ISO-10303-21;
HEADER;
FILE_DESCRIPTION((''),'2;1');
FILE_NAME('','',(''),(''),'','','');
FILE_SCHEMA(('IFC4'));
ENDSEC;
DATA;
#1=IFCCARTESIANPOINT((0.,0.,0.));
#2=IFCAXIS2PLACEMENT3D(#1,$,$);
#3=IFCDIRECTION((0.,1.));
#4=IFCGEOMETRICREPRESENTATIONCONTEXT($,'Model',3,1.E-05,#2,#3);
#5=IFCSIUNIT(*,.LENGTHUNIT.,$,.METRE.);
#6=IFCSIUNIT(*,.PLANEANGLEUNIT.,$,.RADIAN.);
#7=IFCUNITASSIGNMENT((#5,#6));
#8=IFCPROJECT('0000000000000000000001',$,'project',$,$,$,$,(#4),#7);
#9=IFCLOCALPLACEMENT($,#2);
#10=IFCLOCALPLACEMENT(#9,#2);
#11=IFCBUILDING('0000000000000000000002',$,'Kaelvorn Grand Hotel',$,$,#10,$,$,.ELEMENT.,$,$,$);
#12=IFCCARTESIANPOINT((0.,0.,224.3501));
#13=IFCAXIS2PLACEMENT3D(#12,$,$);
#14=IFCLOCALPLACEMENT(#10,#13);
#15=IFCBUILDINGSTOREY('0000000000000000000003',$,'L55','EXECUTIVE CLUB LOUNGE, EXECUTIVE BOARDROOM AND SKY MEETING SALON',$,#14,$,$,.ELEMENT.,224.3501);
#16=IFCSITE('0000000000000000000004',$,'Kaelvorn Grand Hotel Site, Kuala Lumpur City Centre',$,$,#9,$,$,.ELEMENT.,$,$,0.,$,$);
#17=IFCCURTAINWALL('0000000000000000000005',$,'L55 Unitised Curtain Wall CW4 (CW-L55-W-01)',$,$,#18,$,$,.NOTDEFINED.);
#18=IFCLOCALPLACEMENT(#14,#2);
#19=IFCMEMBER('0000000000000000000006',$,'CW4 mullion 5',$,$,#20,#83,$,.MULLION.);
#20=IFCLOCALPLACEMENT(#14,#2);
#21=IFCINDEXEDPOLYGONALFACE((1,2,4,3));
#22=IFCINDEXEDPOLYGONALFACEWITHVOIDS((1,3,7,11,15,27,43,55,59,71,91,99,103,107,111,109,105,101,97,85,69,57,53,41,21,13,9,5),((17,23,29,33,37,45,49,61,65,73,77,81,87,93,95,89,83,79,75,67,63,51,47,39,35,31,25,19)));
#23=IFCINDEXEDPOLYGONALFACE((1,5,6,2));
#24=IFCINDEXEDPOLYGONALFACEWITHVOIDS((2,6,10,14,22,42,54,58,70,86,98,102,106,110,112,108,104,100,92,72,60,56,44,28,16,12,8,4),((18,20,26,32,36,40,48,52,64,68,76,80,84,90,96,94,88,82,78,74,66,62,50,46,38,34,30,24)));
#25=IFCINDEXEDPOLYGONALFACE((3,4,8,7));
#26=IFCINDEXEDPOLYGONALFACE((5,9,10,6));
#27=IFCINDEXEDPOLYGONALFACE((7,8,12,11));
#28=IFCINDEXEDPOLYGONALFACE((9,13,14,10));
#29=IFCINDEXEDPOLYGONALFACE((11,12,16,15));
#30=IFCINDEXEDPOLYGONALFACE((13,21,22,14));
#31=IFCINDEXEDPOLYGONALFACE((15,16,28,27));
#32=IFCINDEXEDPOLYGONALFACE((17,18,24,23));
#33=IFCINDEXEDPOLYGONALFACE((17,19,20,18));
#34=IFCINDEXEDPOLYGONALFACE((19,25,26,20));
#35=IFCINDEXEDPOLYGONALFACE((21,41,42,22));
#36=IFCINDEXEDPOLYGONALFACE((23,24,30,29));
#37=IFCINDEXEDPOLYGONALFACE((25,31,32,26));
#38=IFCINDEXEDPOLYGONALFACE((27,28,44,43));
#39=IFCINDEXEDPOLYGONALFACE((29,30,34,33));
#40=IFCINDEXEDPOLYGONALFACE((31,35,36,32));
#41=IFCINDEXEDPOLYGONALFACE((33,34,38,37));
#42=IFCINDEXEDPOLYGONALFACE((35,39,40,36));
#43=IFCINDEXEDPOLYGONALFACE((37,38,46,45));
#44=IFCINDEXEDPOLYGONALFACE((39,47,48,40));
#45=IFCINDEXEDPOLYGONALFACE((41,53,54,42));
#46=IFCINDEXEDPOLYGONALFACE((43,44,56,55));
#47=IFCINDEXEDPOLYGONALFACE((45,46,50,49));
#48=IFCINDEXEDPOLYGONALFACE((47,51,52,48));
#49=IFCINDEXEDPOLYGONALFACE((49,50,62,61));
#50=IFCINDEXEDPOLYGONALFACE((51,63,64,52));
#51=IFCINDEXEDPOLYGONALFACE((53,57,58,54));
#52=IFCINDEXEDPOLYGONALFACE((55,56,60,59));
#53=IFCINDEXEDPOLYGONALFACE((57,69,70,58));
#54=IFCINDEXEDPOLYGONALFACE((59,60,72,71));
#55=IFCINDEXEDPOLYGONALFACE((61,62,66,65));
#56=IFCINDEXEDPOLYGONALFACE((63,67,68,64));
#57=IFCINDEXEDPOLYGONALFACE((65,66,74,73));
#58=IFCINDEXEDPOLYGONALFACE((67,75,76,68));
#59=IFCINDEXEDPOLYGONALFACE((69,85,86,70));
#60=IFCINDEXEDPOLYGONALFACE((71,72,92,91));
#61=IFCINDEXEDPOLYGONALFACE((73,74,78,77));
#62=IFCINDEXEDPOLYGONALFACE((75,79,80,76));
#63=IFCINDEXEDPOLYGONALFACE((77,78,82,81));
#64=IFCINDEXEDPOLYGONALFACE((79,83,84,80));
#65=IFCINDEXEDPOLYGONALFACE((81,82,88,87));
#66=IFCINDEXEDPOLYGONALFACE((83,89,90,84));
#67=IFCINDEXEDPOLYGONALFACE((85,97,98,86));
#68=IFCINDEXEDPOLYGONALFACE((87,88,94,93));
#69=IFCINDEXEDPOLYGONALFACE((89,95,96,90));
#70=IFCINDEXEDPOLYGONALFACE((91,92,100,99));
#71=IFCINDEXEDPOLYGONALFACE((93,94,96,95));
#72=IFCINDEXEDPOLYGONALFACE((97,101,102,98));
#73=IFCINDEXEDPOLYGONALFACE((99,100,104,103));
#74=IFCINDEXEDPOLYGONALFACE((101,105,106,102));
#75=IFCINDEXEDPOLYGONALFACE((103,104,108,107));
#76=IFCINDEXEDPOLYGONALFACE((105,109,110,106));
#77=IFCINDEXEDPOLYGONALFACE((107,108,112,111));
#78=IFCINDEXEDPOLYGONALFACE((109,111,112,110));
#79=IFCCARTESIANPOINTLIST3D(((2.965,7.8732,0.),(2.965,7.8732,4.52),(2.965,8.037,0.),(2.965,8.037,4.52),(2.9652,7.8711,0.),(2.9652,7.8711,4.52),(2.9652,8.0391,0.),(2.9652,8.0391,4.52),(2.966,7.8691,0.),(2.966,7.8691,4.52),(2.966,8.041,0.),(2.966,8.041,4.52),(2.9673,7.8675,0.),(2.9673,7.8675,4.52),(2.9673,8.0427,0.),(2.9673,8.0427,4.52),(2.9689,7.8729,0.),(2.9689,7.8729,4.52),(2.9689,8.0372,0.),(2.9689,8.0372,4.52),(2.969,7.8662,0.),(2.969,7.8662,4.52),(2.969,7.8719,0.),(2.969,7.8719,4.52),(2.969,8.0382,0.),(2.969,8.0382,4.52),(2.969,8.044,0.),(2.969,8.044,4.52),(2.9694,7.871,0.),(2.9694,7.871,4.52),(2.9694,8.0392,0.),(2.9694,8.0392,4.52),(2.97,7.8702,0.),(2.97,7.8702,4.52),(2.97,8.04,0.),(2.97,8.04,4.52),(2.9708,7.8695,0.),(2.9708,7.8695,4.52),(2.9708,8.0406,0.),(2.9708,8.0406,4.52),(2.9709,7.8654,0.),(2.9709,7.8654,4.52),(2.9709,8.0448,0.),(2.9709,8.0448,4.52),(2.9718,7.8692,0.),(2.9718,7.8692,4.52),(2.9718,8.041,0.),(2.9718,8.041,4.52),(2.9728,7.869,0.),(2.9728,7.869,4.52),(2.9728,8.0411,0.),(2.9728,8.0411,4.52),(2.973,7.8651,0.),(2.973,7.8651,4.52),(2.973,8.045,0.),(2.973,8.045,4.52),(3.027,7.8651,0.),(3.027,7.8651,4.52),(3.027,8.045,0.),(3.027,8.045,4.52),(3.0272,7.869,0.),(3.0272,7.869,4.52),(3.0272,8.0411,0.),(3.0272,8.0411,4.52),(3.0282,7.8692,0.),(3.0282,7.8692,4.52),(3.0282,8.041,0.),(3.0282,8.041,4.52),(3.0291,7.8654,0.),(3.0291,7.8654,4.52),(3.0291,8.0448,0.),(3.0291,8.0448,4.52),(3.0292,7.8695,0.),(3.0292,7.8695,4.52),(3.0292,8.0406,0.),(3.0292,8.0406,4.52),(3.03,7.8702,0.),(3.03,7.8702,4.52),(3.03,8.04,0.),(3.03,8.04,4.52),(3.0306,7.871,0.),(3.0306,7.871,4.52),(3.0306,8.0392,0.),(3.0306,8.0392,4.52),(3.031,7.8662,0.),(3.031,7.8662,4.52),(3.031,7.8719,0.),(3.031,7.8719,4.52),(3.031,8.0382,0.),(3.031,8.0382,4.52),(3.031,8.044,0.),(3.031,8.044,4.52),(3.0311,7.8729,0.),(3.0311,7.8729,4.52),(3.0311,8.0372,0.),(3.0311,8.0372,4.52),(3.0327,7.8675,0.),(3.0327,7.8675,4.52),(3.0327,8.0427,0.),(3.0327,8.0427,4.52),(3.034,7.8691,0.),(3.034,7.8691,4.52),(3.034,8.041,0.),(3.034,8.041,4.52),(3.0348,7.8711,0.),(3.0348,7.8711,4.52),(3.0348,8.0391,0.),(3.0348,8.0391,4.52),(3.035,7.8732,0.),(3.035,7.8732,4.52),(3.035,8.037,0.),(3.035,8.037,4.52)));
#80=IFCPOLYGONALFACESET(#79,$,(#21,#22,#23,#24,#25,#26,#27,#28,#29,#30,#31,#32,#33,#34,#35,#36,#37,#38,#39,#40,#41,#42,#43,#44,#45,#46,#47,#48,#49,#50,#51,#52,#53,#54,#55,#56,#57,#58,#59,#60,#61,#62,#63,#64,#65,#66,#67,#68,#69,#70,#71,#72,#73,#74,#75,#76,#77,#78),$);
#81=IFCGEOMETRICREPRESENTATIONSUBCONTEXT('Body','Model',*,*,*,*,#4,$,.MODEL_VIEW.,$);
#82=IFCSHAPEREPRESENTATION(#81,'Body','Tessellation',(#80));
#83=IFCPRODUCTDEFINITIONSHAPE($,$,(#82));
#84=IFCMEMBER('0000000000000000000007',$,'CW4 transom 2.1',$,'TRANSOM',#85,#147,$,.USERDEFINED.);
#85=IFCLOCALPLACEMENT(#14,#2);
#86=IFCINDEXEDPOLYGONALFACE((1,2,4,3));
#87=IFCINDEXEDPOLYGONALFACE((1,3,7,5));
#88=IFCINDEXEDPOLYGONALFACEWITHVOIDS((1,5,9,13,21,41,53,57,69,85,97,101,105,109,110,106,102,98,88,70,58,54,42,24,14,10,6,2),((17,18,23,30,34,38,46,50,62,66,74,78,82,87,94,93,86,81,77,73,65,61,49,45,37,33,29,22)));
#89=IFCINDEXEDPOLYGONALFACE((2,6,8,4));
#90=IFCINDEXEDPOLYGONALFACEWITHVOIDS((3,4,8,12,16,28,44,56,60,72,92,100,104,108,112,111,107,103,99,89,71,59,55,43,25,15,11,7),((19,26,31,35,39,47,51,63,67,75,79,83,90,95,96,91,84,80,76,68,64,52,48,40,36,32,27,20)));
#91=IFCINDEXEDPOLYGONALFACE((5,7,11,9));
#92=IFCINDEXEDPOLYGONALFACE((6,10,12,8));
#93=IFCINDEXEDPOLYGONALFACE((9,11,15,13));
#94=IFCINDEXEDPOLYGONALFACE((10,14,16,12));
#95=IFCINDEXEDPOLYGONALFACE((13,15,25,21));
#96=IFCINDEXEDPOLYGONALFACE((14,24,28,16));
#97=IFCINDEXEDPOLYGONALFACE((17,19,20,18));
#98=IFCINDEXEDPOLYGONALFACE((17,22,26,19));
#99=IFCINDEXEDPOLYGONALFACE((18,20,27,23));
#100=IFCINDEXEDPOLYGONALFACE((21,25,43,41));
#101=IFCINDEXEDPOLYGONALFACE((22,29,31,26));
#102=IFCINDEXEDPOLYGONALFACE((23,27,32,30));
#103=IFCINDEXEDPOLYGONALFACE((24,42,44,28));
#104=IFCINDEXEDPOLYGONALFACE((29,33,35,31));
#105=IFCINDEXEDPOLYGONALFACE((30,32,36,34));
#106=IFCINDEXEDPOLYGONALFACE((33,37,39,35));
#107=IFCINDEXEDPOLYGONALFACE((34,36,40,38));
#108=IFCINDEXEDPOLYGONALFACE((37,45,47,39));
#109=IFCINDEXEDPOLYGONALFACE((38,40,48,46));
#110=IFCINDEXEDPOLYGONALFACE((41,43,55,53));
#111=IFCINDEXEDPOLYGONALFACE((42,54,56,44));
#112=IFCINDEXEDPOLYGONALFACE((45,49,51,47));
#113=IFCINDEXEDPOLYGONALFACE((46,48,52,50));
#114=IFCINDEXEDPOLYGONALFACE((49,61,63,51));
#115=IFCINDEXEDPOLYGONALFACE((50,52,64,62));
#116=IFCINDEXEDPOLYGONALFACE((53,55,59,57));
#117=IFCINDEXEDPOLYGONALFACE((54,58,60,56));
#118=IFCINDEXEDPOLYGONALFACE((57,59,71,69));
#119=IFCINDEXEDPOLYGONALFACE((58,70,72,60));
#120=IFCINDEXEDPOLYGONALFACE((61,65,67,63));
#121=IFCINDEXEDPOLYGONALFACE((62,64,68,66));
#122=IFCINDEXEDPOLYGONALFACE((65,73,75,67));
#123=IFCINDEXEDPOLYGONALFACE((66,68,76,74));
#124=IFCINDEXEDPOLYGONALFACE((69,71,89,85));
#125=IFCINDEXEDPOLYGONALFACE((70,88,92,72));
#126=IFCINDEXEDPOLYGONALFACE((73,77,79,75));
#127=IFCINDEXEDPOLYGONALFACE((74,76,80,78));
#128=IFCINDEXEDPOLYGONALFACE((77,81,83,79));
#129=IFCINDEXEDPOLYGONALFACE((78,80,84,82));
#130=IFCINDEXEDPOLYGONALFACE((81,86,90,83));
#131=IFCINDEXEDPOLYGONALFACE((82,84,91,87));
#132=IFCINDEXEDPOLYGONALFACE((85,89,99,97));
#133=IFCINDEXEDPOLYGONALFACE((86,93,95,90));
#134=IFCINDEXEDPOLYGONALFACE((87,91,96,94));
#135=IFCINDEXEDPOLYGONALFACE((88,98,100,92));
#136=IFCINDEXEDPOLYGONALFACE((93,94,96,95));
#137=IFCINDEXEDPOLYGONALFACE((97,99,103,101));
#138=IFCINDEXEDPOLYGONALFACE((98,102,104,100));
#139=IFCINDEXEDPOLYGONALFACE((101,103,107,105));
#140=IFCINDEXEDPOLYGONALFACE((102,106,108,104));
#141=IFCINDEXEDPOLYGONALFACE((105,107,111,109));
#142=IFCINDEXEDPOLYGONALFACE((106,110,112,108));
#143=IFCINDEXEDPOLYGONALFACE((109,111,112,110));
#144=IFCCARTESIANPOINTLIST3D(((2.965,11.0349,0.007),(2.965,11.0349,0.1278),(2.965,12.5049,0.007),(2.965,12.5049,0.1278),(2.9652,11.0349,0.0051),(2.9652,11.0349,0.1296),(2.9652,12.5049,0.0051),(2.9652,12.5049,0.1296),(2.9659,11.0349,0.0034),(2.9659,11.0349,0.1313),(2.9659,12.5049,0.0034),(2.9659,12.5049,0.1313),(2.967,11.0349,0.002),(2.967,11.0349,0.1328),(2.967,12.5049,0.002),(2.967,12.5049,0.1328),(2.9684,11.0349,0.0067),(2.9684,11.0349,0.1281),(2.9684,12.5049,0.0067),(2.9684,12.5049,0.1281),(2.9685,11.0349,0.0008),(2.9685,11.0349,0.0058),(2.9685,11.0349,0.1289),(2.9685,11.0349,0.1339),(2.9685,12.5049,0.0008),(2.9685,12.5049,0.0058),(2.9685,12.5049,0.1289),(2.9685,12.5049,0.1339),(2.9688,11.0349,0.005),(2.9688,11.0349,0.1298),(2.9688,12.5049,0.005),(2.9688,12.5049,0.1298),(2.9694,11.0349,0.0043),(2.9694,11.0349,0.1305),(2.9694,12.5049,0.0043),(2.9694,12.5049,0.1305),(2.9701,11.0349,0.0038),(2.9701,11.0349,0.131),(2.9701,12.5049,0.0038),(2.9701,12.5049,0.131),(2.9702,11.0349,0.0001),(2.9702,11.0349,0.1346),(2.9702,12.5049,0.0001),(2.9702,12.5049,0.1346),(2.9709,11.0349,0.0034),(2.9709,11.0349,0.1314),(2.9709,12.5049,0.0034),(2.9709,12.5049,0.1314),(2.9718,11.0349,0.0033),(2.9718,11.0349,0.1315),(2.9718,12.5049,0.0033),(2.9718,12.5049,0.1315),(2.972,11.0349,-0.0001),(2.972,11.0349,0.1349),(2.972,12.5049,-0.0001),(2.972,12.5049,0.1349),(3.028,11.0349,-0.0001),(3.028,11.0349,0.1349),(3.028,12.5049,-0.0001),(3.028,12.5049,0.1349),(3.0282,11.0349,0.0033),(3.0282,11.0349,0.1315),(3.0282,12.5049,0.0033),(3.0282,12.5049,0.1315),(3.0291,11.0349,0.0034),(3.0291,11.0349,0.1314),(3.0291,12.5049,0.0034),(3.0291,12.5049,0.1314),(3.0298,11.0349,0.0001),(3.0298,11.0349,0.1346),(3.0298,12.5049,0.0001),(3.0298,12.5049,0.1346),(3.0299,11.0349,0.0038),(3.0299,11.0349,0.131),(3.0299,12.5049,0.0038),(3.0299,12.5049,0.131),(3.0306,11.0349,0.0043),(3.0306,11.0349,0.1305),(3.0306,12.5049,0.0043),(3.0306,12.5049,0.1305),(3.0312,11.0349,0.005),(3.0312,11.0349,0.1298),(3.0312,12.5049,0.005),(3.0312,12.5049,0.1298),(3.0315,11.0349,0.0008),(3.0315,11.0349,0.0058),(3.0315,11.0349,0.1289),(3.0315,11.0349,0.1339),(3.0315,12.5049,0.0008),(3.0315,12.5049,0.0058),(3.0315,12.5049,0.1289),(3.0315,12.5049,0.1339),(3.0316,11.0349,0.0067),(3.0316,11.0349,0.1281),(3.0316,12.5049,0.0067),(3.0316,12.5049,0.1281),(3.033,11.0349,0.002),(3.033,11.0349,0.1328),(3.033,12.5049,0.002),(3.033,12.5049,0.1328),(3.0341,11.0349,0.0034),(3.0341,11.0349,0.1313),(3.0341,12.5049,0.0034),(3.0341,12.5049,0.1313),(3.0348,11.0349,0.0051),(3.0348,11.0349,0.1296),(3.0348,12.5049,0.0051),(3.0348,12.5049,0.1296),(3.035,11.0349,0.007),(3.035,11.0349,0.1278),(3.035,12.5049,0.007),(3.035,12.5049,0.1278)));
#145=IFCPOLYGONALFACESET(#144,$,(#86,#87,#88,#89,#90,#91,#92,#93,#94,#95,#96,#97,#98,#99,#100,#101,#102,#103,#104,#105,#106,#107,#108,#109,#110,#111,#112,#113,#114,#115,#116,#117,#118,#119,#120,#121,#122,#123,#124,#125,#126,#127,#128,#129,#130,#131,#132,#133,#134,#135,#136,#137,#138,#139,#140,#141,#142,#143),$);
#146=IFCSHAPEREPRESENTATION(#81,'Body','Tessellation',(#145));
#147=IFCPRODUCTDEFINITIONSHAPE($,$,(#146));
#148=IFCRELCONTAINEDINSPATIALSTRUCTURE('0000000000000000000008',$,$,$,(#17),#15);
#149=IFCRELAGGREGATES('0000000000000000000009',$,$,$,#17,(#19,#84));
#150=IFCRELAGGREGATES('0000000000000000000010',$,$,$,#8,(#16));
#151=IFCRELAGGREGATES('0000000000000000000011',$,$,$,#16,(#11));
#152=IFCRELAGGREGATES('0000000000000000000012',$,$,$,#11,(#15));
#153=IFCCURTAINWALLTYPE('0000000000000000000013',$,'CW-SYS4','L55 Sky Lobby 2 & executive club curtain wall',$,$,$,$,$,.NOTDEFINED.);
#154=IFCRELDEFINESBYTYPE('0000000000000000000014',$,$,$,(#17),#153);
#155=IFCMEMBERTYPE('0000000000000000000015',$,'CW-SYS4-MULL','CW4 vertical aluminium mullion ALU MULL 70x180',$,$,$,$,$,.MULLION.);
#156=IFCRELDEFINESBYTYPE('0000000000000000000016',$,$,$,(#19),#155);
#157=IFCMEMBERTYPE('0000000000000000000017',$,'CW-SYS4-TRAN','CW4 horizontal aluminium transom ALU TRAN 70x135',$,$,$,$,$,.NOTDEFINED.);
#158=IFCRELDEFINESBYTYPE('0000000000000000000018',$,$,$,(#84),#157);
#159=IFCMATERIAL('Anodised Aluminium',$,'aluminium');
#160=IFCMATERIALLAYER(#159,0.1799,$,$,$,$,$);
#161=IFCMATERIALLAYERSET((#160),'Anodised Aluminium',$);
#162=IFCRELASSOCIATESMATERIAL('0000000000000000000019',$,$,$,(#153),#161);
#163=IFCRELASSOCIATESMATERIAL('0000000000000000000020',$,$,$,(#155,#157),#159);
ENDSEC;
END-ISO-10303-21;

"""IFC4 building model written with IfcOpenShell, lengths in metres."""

from ifc_helpers import new_model, si_unit, direction, frame, origin, origin_2d, place, context, subcontext, project, spatial, hollow_rectangle, extrude, material, layer, layer_set, material_profile, profile_set, type_object, element, aggregate, save


model = new_model("IFC4")

# Units and contexts
model_context = context("Model", 3, precision=1e-05, world=origin(), true_north=direction((0.0, 1.0)))
body_context = subcontext(model_context, "Body", "Model", "MODEL_VIEW")
ifc_project = project(units=[si_unit("LENGTHUNIT", "METRE"), si_unit("PLANEANGLEUNIT", "RADIAN")], contexts=[model_context])

# Site, building, storey
site_placement = place(None, origin())
site = spatial("IfcSite", under=ifc_project, at=site_placement, Name="Kaelvorn Grand Hotel Site, Kuala Lumpur City Centre", CompositionType="ELEMENT", RefElevation=0.0)
building_placement = place(site_placement, origin())
building = spatial("IfcBuilding", under=site, at=building_placement, Name="Kaelvorn Grand Hotel", CompositionType="ELEMENT")
storey_placement = place(building_placement, frame((0.0, 0.0, 224.3501)))
storey = spatial("IfcBuildingStorey", under=building, at=storey_placement, Name="L55", Description="EXECUTIVE CLUB LOUNGE, EXECUTIVE BOARDROOM AND SKY MEETING SALON", CompositionType="ELEMENT", Elevation=224.3501)

# Curtain wall, members
ifc_material_1 = material(Name="Anodised Aluminium", Category="aluminium")
ifc_layer_1 = layer(ifc_material_1, 0.1799)
ifc_layer_set_1 = layer_set([ifc_layer_1], Name="Anodised Aluminium")
curtain_wall_type = type_object("IfcCurtainWallType", Name="CW-SYS4", Description="L55 Sky Lobby 2 & executive club curtain wall", PredefinedType="NOTDEFINED", material=ifc_layer_set_1)
curtain_wall_placement = place(storey_placement, origin())
curtain_wall = element("IfcCurtainWall", 1, at=curtain_wall_placement, inside=storey, type_object=curtain_wall_type, Name="L55 Unitised Curtain Wall CW4 (CW-L55-W-01)", PredefinedType="NOTDEFINED")
ifc_material_profile_1 = material_profile(ifc_material_1, hollow_rectangle(XDim=0.0701, YDim=0.1799, WallThickness=0.0039, InnerFilletRadius=0.0039, OuterFilletRadius=0.0081, at=origin_2d()), Name="ALU MULL 70x180")
ifc_profile_set_1 = profile_set([ifc_material_profile_1], Name="Anodised Aluminium")
member_type_1 = type_object("IfcMemberType", Name="CW-SYS4-MULL", Description="CW4 vertical aluminium mullion ALU MULL 70x180", PredefinedType="MULLION", material=ifc_profile_set_1)
member_1_placement = place(storey_placement, frame((3.0, 7.9551, 0.0), z_axis=(0.0, 0.0, 1.0), x_axis=(1.0, 0.0, 0.0)))
member_1 = element("IfcMember", 2, at=member_1_placement, type_object=member_type_1, Name="CW4 mullion 5", PredefinedType="MULLION", context=body_context, shape_type="SweptSolid", body=[
    extrude(hollow_rectangle(XDim=0.0701, YDim=0.1799, WallThickness=0.0039, InnerFilletRadius=0.0039, OuterFilletRadius=0.0081, at=origin_2d()), origin(), (0.0, 0.0, 1.0), 4.52),
])
ifc_material_profile_2 = material_profile(ifc_material_1, hollow_rectangle(XDim=0.0701, YDim=0.135, WallThickness=0.0034, InnerFilletRadius=0.0034, OuterFilletRadius=0.0071, at=origin_2d()), Name="ALU TRAN 70x135")
ifc_profile_set_2 = profile_set([ifc_material_profile_2], Name="Anodised Aluminium")
member_type_2 = type_object("IfcMemberType", Name="CW-SYS4-TRAN", Description="CW4 horizontal aluminium transom ALU TRAN 70x135", PredefinedType="NOTDEFINED", material=ifc_profile_set_2)
member_2_placement = place(storey_placement, frame((3.0, 12.5049, 0.0674), z_axis=(0.0, -1.0, 0.0), x_axis=(1.0, 0.0, 0.0)))
member_2 = element("IfcMember", 3, at=member_2_placement, type_object=member_type_2, Name="CW4 transom 2.1", ObjectType="TRANSOM", PredefinedType="USERDEFINED", context=body_context, shape_type="SweptSolid", body=[
    extrude(hollow_rectangle(XDim=0.0701, YDim=0.135, WallThickness=0.0034, InnerFilletRadius=0.0034, OuterFilletRadius=0.0071, at=origin_2d()), origin(), (0.0, 0.0, 1.0), 1.47),
])
aggregate(curtain_wall, [member_1, member_2])

save(model, "model.ifc")
